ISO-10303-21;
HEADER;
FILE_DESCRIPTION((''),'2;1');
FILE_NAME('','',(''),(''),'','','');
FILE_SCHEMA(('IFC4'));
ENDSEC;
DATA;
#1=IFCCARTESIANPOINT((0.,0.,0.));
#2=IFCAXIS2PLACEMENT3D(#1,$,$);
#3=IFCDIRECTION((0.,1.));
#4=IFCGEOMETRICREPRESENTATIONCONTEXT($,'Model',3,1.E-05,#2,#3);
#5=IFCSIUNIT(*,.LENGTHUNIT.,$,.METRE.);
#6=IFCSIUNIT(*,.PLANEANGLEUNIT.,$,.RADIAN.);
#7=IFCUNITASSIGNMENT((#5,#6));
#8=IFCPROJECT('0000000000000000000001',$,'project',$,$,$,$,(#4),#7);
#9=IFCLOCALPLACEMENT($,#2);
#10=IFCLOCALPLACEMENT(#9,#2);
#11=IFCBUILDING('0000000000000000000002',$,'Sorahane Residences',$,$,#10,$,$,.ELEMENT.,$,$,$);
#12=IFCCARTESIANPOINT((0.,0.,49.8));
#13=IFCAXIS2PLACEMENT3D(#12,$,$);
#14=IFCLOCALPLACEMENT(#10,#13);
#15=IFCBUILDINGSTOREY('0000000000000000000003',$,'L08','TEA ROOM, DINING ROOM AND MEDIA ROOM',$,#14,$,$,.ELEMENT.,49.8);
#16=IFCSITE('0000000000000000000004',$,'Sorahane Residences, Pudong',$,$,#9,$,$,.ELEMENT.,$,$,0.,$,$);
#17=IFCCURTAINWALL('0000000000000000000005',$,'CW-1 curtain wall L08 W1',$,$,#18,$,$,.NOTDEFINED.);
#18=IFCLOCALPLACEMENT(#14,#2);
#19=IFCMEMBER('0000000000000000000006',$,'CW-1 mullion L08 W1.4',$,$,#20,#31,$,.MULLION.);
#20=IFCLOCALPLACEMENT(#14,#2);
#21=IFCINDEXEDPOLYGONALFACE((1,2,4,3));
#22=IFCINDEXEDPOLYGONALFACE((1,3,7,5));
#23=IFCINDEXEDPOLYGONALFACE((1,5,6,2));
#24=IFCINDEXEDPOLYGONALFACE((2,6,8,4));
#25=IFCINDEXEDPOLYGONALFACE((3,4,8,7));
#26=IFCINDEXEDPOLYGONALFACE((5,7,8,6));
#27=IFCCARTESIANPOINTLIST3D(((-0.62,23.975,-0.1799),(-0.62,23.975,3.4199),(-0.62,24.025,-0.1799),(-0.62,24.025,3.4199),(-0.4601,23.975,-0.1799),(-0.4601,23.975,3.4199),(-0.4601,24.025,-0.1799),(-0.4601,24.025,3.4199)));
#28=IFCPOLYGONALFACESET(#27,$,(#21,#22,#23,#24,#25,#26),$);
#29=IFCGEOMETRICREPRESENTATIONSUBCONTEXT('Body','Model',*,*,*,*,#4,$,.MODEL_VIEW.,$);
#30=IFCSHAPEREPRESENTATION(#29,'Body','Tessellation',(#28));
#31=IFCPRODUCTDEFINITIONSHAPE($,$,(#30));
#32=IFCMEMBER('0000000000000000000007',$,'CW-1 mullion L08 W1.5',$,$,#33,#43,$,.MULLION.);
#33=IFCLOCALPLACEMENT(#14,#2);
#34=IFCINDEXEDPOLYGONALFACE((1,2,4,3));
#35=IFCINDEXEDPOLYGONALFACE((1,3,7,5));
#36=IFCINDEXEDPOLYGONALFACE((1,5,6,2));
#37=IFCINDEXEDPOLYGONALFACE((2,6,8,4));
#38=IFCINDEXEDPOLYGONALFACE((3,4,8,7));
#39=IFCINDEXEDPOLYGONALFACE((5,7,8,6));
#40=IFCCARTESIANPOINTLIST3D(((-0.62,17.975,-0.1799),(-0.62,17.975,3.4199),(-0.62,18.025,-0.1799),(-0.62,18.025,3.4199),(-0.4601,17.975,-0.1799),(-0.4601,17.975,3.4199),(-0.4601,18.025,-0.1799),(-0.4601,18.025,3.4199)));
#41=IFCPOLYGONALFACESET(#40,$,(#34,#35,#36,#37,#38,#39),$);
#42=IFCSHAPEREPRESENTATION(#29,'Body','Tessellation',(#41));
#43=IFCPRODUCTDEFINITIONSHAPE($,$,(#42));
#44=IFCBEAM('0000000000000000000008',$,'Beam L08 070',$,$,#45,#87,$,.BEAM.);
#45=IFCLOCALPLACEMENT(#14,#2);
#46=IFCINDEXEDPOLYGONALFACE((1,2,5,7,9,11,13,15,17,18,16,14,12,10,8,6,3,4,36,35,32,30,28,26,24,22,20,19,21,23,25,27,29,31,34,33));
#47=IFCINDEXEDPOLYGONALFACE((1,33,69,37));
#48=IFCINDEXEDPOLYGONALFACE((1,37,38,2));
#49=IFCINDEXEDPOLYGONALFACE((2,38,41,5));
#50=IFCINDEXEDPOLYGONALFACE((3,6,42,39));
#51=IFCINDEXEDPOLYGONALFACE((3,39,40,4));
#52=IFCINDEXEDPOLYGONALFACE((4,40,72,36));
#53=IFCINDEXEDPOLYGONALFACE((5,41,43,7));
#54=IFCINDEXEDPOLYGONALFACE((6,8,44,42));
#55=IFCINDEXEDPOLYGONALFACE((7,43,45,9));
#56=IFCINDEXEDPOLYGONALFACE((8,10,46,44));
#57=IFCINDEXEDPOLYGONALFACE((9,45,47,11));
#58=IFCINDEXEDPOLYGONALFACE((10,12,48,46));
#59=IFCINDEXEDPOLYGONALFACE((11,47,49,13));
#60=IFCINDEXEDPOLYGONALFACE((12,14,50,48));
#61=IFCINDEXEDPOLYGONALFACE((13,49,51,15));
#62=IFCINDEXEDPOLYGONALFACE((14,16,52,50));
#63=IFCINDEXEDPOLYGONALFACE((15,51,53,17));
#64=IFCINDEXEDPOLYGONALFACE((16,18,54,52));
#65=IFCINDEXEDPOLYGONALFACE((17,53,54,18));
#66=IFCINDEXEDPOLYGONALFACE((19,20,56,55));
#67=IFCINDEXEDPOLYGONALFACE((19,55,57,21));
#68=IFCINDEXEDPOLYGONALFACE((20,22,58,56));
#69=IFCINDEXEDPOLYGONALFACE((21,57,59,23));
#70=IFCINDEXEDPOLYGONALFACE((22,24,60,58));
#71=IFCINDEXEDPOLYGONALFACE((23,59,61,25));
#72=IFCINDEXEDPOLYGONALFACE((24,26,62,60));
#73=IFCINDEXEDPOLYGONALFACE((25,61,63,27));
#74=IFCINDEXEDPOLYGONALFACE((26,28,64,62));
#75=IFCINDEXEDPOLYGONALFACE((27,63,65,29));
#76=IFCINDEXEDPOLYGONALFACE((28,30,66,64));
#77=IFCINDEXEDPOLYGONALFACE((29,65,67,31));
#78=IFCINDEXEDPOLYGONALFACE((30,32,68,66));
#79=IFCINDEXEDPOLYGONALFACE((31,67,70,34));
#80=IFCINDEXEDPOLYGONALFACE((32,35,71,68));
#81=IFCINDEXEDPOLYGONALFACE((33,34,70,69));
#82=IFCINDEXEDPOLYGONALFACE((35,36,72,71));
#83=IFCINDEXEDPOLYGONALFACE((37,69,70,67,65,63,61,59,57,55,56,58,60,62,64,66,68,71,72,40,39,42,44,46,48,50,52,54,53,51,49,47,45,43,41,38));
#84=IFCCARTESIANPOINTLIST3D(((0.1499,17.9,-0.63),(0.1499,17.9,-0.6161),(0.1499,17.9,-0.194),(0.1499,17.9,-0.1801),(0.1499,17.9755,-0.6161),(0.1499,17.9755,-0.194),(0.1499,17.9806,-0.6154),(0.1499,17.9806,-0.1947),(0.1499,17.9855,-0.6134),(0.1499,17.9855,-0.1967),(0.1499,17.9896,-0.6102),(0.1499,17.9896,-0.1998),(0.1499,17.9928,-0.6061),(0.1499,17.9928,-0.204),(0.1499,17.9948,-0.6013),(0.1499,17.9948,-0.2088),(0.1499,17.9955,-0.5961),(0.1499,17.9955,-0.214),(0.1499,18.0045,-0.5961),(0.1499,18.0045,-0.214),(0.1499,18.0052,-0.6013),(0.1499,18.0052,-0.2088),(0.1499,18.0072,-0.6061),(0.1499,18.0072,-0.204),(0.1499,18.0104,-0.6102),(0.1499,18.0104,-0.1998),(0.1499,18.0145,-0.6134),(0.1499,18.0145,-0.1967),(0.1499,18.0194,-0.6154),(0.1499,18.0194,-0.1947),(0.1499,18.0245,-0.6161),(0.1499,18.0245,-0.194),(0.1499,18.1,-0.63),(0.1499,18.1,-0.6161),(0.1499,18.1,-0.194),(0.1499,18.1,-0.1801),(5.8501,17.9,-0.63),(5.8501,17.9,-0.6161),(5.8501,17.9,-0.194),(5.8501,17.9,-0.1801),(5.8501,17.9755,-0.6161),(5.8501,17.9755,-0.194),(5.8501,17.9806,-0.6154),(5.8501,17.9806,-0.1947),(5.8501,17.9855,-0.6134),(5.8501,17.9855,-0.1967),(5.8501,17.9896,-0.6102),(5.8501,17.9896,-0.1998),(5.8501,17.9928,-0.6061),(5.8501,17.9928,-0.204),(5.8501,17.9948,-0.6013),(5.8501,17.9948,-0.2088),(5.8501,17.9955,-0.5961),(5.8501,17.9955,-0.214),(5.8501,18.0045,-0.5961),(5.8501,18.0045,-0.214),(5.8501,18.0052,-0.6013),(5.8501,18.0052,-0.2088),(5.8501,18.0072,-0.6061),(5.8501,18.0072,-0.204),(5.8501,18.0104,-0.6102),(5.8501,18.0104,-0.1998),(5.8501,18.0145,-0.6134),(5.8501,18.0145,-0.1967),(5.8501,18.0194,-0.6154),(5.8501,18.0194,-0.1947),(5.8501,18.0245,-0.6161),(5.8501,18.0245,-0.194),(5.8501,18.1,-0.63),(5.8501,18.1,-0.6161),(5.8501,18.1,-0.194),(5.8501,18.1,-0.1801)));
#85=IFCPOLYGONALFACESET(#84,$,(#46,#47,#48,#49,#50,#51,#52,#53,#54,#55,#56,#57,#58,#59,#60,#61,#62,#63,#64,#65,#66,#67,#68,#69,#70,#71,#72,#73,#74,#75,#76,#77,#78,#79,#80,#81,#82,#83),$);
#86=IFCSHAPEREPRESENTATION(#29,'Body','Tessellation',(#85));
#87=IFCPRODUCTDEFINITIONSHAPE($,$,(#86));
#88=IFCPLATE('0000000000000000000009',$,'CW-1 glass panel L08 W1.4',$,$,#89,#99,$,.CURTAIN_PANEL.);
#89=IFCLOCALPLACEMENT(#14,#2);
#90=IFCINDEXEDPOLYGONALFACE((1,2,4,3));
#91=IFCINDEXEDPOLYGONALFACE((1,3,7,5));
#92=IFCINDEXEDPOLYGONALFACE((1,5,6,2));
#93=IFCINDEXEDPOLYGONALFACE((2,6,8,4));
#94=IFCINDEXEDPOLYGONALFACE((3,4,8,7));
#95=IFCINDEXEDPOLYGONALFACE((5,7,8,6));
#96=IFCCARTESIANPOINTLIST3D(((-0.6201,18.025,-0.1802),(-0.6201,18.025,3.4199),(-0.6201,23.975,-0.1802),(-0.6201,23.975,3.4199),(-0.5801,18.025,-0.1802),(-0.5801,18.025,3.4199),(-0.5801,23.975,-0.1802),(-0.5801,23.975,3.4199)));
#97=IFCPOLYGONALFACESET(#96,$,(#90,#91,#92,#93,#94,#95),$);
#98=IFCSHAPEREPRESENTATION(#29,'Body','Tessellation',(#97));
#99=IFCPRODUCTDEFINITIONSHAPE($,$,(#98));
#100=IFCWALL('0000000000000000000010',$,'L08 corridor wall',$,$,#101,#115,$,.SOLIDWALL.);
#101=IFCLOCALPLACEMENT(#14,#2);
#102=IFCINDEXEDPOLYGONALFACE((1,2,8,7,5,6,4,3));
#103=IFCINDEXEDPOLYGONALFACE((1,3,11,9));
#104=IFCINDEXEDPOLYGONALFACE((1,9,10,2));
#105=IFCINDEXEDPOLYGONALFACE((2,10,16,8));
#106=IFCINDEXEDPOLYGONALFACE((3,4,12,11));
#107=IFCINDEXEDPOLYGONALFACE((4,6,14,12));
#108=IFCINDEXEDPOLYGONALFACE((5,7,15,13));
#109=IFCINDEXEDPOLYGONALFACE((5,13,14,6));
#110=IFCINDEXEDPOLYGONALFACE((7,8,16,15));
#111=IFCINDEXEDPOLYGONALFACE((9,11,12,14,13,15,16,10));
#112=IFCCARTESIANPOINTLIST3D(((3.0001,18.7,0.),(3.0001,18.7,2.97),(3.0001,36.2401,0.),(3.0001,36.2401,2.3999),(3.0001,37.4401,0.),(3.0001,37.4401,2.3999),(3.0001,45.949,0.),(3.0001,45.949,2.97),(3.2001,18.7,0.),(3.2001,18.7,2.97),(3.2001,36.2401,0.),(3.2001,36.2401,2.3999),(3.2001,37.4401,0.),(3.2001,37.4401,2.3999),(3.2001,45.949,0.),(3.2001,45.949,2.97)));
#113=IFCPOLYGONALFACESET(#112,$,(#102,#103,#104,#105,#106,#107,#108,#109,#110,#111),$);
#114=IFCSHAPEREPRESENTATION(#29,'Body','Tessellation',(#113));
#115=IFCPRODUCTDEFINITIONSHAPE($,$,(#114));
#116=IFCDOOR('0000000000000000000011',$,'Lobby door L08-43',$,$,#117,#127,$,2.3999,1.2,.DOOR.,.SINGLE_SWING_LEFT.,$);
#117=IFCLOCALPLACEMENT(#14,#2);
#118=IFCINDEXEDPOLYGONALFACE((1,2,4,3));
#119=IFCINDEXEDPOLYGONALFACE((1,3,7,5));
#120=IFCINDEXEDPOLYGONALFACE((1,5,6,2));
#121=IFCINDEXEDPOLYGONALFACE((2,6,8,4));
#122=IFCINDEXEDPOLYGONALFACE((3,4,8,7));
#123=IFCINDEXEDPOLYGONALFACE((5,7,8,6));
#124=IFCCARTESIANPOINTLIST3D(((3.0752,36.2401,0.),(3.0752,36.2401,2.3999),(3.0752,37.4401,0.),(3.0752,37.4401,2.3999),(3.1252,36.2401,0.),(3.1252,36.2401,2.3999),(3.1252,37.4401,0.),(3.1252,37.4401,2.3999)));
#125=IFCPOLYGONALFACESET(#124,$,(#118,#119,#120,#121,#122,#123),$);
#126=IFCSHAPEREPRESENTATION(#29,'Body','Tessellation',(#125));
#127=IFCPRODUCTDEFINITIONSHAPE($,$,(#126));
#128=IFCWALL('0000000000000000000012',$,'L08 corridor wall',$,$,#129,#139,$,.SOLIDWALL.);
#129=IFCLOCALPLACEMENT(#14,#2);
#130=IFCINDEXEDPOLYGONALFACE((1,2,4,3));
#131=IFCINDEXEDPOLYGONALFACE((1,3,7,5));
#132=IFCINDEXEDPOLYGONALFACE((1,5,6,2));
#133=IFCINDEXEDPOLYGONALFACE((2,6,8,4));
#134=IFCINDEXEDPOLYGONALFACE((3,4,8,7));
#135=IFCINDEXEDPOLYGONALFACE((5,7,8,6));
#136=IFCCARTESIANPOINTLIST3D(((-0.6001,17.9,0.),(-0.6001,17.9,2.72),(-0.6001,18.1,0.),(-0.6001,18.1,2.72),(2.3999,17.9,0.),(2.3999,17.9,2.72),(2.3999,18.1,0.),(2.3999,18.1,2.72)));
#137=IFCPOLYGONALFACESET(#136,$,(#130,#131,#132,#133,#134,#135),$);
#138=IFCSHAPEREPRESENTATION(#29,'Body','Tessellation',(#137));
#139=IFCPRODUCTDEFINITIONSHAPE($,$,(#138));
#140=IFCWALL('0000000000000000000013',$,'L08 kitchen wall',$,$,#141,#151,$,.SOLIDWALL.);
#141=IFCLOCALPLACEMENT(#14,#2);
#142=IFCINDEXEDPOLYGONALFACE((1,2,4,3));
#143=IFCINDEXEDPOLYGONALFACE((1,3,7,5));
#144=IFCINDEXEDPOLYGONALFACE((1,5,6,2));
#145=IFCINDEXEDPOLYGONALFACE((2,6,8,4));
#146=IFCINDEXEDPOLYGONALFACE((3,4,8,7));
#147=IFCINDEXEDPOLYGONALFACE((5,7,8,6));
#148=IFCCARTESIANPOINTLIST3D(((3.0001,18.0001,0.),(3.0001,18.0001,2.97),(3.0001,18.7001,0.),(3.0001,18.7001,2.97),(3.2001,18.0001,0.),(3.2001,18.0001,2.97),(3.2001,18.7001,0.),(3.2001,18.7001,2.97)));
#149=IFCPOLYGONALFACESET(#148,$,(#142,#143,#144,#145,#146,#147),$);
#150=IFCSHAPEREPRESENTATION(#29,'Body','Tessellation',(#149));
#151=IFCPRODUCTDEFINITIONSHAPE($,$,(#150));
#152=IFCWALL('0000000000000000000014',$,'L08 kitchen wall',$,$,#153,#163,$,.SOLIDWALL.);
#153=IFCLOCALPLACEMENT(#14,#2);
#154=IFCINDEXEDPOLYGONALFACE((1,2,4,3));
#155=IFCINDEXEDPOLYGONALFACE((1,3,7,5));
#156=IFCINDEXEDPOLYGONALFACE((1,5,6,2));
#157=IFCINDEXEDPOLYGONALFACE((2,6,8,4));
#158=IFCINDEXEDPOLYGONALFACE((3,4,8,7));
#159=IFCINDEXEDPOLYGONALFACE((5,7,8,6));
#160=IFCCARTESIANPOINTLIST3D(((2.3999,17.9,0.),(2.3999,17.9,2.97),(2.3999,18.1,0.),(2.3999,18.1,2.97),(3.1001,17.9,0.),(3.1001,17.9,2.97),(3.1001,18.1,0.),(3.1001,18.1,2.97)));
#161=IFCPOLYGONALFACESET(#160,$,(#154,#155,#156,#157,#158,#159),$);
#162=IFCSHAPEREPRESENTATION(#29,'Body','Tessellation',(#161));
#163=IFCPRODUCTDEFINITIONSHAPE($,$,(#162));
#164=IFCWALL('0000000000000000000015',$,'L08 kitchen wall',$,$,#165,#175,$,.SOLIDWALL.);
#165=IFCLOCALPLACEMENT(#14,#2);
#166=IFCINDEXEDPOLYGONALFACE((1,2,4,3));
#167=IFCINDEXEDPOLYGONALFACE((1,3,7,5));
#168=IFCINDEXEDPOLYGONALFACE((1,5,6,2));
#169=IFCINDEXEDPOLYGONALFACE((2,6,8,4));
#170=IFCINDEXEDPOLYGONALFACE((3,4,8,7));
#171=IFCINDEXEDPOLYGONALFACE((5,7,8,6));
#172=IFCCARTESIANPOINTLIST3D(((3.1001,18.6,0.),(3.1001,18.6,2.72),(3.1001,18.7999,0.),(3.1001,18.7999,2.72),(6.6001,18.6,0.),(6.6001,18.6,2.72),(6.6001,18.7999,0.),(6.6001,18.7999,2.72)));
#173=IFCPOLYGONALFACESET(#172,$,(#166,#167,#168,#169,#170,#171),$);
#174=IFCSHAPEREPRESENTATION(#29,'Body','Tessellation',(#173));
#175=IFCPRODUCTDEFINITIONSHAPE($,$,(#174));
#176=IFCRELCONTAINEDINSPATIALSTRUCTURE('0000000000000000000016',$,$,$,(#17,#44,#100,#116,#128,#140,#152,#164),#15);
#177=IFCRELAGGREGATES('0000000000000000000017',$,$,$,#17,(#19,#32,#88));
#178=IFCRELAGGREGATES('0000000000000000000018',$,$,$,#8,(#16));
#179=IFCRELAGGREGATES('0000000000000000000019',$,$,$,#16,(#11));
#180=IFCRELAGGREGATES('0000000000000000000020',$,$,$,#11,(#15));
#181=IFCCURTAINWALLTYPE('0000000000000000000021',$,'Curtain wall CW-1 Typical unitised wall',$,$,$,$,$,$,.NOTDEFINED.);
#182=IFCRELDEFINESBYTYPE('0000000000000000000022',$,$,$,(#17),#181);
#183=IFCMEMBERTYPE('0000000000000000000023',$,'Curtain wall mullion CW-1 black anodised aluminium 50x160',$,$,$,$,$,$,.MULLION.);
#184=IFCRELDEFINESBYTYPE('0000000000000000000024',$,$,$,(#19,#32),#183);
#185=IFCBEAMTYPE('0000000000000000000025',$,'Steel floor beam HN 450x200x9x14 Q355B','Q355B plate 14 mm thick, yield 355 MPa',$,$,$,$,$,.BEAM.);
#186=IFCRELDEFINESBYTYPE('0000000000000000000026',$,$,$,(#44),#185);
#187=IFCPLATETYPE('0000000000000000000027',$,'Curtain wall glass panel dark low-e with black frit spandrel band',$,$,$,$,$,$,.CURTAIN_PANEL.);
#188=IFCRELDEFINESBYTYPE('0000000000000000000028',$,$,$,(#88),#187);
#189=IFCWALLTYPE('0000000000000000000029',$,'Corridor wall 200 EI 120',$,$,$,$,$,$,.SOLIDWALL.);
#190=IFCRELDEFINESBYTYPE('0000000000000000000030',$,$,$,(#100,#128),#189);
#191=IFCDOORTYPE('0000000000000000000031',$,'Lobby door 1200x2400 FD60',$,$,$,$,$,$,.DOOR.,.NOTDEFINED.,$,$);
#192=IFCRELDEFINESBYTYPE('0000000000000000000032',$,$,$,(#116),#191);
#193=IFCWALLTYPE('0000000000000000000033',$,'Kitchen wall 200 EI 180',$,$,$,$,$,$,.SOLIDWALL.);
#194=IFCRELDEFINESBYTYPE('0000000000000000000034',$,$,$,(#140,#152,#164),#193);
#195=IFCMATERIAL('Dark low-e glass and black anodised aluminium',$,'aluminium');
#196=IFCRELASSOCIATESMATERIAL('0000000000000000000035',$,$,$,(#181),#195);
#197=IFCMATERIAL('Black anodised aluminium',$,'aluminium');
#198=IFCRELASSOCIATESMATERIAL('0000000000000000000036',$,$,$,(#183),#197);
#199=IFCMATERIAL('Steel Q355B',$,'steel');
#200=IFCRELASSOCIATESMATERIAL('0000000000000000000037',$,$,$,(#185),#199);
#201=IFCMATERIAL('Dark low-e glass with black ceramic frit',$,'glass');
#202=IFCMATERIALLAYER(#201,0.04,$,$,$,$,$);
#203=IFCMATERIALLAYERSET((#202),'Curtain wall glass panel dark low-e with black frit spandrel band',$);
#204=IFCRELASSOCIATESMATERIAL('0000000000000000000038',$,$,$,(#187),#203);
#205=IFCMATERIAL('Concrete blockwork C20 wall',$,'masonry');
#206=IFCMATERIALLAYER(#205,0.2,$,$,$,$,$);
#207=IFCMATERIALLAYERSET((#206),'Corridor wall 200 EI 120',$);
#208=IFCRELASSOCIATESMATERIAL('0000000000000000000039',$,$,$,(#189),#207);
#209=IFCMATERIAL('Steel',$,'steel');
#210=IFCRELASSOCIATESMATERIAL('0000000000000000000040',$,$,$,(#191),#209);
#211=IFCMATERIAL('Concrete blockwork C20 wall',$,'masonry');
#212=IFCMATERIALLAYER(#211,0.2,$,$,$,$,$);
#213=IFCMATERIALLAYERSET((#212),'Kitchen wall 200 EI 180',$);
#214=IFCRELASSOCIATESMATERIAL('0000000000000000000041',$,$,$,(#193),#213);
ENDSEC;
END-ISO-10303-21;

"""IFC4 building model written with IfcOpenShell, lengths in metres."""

from ifc_helpers import new_model, si_unit, direction, frame, frame_2d, origin, origin_2d, place, context, subcontext, project, spatial, rectangle, i_section, extrude, material, layer, layer_set, material_profile, profile_set, type_object, element, fill, aggregate, save


model = new_model("IFC4")

# Units and contexts
model_context = context("Model", 3, precision=1e-05, world=origin(), true_north=direction((0.0, 1.0)))
body_context = subcontext(model_context, "Body", "Model", "MODEL_VIEW")
ifc_project = project(units=[si_unit("LENGTHUNIT", "METRE"), si_unit("PLANEANGLEUNIT", "RADIAN")], contexts=[model_context])

# Site, building, storey
site_placement = place(None, origin())
site = spatial("IfcSite", under=ifc_project, at=site_placement, Name="Sorahane Residences, Pudong", CompositionType="ELEMENT", RefElevation=0.0)
building_placement = place(site_placement, origin())
building = spatial("IfcBuilding", under=site, at=building_placement, Name="Sorahane Residences", CompositionType="ELEMENT")
storey_placement = place(building_placement, frame((0.0, 0.0, 49.8)))
storey = spatial("IfcBuildingStorey", under=building, at=storey_placement, Name="L08", Description="TEA ROOM, DINING ROOM AND MEDIA ROOM", CompositionType="ELEMENT", Elevation=49.8)

# Curtain wall, members
ifc_material_1 = material(Name="Dark low-e glass and black anodised aluminium", Category="aluminium")
curtain_wall_type = type_object("IfcCurtainWallType", Name="Curtain wall CW-1 Typical unitised wall", PredefinedType="NOTDEFINED", material=ifc_material_1)
curtain_wall_placement = place(storey_placement, origin())
curtain_wall = element("IfcCurtainWall", 1, at=curtain_wall_placement, inside=storey, type_object=curtain_wall_type, Name="CW-1 curtain wall L08 W1", PredefinedType="NOTDEFINED")
ifc_material_2 = material(Name="Black anodised aluminium", Category="aluminium")
ifc_material_profile_1 = material_profile(ifc_material_2, rectangle(XDim=0.1599, YDim=0.05, at=origin_2d()), Name="Curtain wall mullion CW-1 black anodised aluminium 50x160")
ifc_profile_set_1 = profile_set([ifc_material_profile_1], Name="Black anodised aluminium")
member_type = type_object("IfcMemberType", Name="Curtain wall mullion CW-1 black anodised aluminium 50x160", PredefinedType="MULLION", material=ifc_profile_set_1)
member_1_placement = place(storey_placement, frame((-0.54, 24.0, -0.1799), z_axis=(0.0, 0.0, 1.0), x_axis=(-1.0, 0.0, 0.0)))
member_1 = element("IfcMember", 2, at=member_1_placement, type_object=member_type, Name="CW-1 mullion L08 W1.4", PredefinedType="MULLION", context=body_context, shape_type="SweptSolid", body=[
    extrude(rectangle(XDim=0.1599, YDim=0.05, at=origin_2d()), origin(), (0.0, 0.0, 1.0), 3.5999),
])
member_2_placement = place(storey_placement, frame((-0.54, 18.0, -0.1799), z_axis=(0.0, 0.0, 1.0), x_axis=(-1.0, 0.0, 0.0)))
member_2 = element("IfcMember", 3, at=member_2_placement, type_object=member_type, Name="CW-1 mullion L08 W1.5", PredefinedType="MULLION", context=body_context, shape_type="SweptSolid", body=[
    extrude(rectangle(XDim=0.1599, YDim=0.05, at=origin_2d()), origin(), (0.0, 0.0, 1.0), 3.5999),
])

# Beam
ifc_material_3 = material(Name="Steel Q355B", Category="steel")
ifc_material_profile_2 = material_profile(ifc_material_3, i_section(OverallWidth=0.2, OverallDepth=0.45, WebThickness=0.009, FlangeThickness=0.0139, FilletRadius=0.02, at=origin_2d()), Name="HN 450x200x9x14")
ifc_profile_set_2 = profile_set([ifc_material_profile_2], Name="Steel Q355B")
beam_type = type_object("IfcBeamType", Name="Steel floor beam HN 450x200x9x14 Q355B", Description="Q355B plate 14 mm thick, yield 355 MPa", PredefinedType="BEAM", material=ifc_profile_set_2)
beam_placement = place(storey_placement, frame((0.1499, 18.0, -0.405), z_axis=(1.0, 0.0, 0.0), x_axis=(0.0, 1.0, 0.0)))
element("IfcBeam", 4, at=beam_placement, inside=storey, type_object=beam_type, Name="Beam L08 070", PredefinedType="BEAM", context=body_context, shape_type="SweptSolid", body=[
    extrude(i_section(OverallWidth=0.2, OverallDepth=0.45, WebThickness=0.009, FlangeThickness=0.0139, FilletRadius=0.02, at=origin_2d()), origin(), (0.0, 0.0, 1.0), 5.7002),
])

# Plate
ifc_material_4 = material(Name="Dark low-e glass with black ceramic frit", Category="glass")
ifc_layer_1 = layer(ifc_material_4, 0.04)
ifc_layer_set_1 = layer_set([ifc_layer_1], Name="Curtain wall glass panel dark low-e with black frit spandrel band")
plate_type = type_object("IfcPlateType", Name="Curtain wall glass panel dark low-e with black frit spandrel band", PredefinedType="CURTAIN_PANEL", material=ifc_layer_set_1)
plate_placement = place(storey_placement, frame((-0.6001, 21.0, -0.1802), z_axis=(0.0, 0.0, 1.0), x_axis=(0.0, -1.0, 0.0)))
plate = element("IfcPlate", 5, at=plate_placement, type_object=plate_type, Name="CW-1 glass panel L08 W1.4", PredefinedType="CURTAIN_PANEL", context=body_context, shape_type="SweptSolid", body=[
    extrude(rectangle(XDim=5.95, YDim=0.04, at=origin_2d()), origin(), (0.0, 0.0, 1.0), 3.6001),
])
aggregate(curtain_wall, [member_1, member_2, plate])

# Wall, opening, door
ifc_material_5 = material(Name="Concrete blockwork C20 wall", Category="masonry")
ifc_layer_2 = layer(ifc_material_5, 0.2)
ifc_layer_set_2 = layer_set([ifc_layer_2], Name="Corridor wall 200 EI 120")
wall_type_1 = type_object("IfcWallType", Name="Corridor wall 200 EI 120", PredefinedType="SOLIDWALL", material=ifc_layer_set_2)
wall_1_placement = place(storey_placement, frame((3.1001, 18.7, 0.0), z_axis=(0.0, 0.0, 1.0), x_axis=(0.0, 1.0, 0.0)))
wall_1 = element("IfcWall", 6, at=wall_1_placement, inside=storey, type_object=wall_type_1, Name="L08 corridor wall", PredefinedType="SOLIDWALL", context=body_context, shape_type="SweptSolid", body=[
    extrude(rectangle(XDim=27.249, YDim=0.2, at=frame_2d((13.6245, 0.0))), origin(), (0.0, 0.0, 1.0), 2.97),
])
opening_1_placement = place(wall_1_placement, frame((17.54, 0.0, 0.0)))
opening_1 = element("IfcOpeningElement", 7, at=opening_1_placement, cuts=wall_1, PredefinedType="OPENING", context=body_context, shape_type="SweptSolid", body=[
    extrude(rectangle(XDim=1.2, YDim=2.3999, at=frame_2d((0.6001, 1.2))), frame((0.0, 0.1099, 0.0), z_axis=(0.0, -1.0, 0.0), x_axis=(1.0, 0.0, 0.0)), (0.0, 0.0, 1.0), 0.22),
])
ifc_material_6 = material(Name="Steel", Category="steel")
door_type_1 = type_object("IfcDoorType", Name="Lobby door 1200x2400 FD60", OperationType="NOTDEFINED", PredefinedType="DOOR", material=ifc_material_6)
door_1_placement = place(opening_1_placement, origin())
door_1 = element("IfcDoor", 8, at=door_1_placement, inside=storey, type_object=door_type_1, Name="Lobby door L08-43", OperationType="SINGLE_SWING_LEFT", OverallHeight=2.3999, OverallWidth=1.2, PredefinedType="DOOR", context=body_context, shape_type="SweptSolid", body=[
    extrude(rectangle(XDim=1.2, YDim=2.3999, at=frame_2d((0.6001, 1.2))), frame((0.0, 0.0249, 0.0), z_axis=(0.0, -1.0, 0.0), x_axis=(1.0, 0.0, 0.0)), (0.0, 0.0, 1.0), 0.05),
])
fill(opening_1, door_1)

# Walls
wall_2_placement = place(storey_placement, frame((-0.6001, 18.0, 0.0), z_axis=(0.0, 0.0, 1.0), x_axis=(1.0, 0.0, 0.0)))
element("IfcWall", 9, at=wall_2_placement, inside=storey, type_object=wall_type_1, Name="L08 corridor wall", PredefinedType="SOLIDWALL", context=body_context, shape_type="SweptSolid", body=[
    extrude(rectangle(XDim=3.0, YDim=0.2, at=frame_2d((1.5, 0.0))), origin(), (0.0, 0.0, 1.0), 2.72),
])
ifc_material_7 = material(Name="Concrete blockwork C20 wall", Category="masonry")
ifc_layer_3 = layer(ifc_material_7, 0.2)
ifc_layer_set_3 = layer_set([ifc_layer_3], Name="Kitchen wall 200 EI 180")
wall_type_2 = type_object("IfcWallType", Name="Kitchen wall 200 EI 180", PredefinedType="SOLIDWALL", material=ifc_layer_set_3)
wall_3_placement = place(storey_placement, frame((3.1001, 18.0, 0.0), z_axis=(0.0, 0.0, 1.0), x_axis=(0.0, 1.0, 0.0)))
element("IfcWall", 10, at=wall_3_placement, inside=storey, type_object=wall_type_2, Name="L08 kitchen wall", PredefinedType="SOLIDWALL", context=body_context, shape_type="SweptSolid", body=[
    extrude(rectangle(XDim=0.7, YDim=0.2, at=frame_2d((0.3501, 0.0))), origin(), (0.0, 0.0, 1.0), 2.97),
])
wall_4_placement = place(storey_placement, frame((2.3999, 18.0, 0.0), z_axis=(0.0, 0.0, 1.0), x_axis=(1.0, 0.0, 0.0)))
element("IfcWall", 11, at=wall_4_placement, inside=storey, type_object=wall_type_2, Name="L08 kitchen wall", PredefinedType="SOLIDWALL", context=body_context, shape_type="SweptSolid", body=[
    extrude(rectangle(XDim=0.7002, YDim=0.2, at=frame_2d((0.3501, 0.0))), origin(), (0.0, 0.0, 1.0), 2.97),
])
wall_5_placement = place(storey_placement, frame((3.1001, 18.7, 0.0), z_axis=(0.0, 0.0, 1.0), x_axis=(1.0, 0.0, 0.0)))
element("IfcWall", 12, at=wall_5_placement, inside=storey, type_object=wall_type_2, Name="L08 kitchen wall", PredefinedType="SOLIDWALL", context=body_context, shape_type="SweptSolid", body=[
    extrude(rectangle(XDim=3.5, YDim=0.2, at=frame_2d((1.75, 0.0))), origin(), (0.0, 0.0, 1.0), 2.72),
])

save(model, "model.ifc")
